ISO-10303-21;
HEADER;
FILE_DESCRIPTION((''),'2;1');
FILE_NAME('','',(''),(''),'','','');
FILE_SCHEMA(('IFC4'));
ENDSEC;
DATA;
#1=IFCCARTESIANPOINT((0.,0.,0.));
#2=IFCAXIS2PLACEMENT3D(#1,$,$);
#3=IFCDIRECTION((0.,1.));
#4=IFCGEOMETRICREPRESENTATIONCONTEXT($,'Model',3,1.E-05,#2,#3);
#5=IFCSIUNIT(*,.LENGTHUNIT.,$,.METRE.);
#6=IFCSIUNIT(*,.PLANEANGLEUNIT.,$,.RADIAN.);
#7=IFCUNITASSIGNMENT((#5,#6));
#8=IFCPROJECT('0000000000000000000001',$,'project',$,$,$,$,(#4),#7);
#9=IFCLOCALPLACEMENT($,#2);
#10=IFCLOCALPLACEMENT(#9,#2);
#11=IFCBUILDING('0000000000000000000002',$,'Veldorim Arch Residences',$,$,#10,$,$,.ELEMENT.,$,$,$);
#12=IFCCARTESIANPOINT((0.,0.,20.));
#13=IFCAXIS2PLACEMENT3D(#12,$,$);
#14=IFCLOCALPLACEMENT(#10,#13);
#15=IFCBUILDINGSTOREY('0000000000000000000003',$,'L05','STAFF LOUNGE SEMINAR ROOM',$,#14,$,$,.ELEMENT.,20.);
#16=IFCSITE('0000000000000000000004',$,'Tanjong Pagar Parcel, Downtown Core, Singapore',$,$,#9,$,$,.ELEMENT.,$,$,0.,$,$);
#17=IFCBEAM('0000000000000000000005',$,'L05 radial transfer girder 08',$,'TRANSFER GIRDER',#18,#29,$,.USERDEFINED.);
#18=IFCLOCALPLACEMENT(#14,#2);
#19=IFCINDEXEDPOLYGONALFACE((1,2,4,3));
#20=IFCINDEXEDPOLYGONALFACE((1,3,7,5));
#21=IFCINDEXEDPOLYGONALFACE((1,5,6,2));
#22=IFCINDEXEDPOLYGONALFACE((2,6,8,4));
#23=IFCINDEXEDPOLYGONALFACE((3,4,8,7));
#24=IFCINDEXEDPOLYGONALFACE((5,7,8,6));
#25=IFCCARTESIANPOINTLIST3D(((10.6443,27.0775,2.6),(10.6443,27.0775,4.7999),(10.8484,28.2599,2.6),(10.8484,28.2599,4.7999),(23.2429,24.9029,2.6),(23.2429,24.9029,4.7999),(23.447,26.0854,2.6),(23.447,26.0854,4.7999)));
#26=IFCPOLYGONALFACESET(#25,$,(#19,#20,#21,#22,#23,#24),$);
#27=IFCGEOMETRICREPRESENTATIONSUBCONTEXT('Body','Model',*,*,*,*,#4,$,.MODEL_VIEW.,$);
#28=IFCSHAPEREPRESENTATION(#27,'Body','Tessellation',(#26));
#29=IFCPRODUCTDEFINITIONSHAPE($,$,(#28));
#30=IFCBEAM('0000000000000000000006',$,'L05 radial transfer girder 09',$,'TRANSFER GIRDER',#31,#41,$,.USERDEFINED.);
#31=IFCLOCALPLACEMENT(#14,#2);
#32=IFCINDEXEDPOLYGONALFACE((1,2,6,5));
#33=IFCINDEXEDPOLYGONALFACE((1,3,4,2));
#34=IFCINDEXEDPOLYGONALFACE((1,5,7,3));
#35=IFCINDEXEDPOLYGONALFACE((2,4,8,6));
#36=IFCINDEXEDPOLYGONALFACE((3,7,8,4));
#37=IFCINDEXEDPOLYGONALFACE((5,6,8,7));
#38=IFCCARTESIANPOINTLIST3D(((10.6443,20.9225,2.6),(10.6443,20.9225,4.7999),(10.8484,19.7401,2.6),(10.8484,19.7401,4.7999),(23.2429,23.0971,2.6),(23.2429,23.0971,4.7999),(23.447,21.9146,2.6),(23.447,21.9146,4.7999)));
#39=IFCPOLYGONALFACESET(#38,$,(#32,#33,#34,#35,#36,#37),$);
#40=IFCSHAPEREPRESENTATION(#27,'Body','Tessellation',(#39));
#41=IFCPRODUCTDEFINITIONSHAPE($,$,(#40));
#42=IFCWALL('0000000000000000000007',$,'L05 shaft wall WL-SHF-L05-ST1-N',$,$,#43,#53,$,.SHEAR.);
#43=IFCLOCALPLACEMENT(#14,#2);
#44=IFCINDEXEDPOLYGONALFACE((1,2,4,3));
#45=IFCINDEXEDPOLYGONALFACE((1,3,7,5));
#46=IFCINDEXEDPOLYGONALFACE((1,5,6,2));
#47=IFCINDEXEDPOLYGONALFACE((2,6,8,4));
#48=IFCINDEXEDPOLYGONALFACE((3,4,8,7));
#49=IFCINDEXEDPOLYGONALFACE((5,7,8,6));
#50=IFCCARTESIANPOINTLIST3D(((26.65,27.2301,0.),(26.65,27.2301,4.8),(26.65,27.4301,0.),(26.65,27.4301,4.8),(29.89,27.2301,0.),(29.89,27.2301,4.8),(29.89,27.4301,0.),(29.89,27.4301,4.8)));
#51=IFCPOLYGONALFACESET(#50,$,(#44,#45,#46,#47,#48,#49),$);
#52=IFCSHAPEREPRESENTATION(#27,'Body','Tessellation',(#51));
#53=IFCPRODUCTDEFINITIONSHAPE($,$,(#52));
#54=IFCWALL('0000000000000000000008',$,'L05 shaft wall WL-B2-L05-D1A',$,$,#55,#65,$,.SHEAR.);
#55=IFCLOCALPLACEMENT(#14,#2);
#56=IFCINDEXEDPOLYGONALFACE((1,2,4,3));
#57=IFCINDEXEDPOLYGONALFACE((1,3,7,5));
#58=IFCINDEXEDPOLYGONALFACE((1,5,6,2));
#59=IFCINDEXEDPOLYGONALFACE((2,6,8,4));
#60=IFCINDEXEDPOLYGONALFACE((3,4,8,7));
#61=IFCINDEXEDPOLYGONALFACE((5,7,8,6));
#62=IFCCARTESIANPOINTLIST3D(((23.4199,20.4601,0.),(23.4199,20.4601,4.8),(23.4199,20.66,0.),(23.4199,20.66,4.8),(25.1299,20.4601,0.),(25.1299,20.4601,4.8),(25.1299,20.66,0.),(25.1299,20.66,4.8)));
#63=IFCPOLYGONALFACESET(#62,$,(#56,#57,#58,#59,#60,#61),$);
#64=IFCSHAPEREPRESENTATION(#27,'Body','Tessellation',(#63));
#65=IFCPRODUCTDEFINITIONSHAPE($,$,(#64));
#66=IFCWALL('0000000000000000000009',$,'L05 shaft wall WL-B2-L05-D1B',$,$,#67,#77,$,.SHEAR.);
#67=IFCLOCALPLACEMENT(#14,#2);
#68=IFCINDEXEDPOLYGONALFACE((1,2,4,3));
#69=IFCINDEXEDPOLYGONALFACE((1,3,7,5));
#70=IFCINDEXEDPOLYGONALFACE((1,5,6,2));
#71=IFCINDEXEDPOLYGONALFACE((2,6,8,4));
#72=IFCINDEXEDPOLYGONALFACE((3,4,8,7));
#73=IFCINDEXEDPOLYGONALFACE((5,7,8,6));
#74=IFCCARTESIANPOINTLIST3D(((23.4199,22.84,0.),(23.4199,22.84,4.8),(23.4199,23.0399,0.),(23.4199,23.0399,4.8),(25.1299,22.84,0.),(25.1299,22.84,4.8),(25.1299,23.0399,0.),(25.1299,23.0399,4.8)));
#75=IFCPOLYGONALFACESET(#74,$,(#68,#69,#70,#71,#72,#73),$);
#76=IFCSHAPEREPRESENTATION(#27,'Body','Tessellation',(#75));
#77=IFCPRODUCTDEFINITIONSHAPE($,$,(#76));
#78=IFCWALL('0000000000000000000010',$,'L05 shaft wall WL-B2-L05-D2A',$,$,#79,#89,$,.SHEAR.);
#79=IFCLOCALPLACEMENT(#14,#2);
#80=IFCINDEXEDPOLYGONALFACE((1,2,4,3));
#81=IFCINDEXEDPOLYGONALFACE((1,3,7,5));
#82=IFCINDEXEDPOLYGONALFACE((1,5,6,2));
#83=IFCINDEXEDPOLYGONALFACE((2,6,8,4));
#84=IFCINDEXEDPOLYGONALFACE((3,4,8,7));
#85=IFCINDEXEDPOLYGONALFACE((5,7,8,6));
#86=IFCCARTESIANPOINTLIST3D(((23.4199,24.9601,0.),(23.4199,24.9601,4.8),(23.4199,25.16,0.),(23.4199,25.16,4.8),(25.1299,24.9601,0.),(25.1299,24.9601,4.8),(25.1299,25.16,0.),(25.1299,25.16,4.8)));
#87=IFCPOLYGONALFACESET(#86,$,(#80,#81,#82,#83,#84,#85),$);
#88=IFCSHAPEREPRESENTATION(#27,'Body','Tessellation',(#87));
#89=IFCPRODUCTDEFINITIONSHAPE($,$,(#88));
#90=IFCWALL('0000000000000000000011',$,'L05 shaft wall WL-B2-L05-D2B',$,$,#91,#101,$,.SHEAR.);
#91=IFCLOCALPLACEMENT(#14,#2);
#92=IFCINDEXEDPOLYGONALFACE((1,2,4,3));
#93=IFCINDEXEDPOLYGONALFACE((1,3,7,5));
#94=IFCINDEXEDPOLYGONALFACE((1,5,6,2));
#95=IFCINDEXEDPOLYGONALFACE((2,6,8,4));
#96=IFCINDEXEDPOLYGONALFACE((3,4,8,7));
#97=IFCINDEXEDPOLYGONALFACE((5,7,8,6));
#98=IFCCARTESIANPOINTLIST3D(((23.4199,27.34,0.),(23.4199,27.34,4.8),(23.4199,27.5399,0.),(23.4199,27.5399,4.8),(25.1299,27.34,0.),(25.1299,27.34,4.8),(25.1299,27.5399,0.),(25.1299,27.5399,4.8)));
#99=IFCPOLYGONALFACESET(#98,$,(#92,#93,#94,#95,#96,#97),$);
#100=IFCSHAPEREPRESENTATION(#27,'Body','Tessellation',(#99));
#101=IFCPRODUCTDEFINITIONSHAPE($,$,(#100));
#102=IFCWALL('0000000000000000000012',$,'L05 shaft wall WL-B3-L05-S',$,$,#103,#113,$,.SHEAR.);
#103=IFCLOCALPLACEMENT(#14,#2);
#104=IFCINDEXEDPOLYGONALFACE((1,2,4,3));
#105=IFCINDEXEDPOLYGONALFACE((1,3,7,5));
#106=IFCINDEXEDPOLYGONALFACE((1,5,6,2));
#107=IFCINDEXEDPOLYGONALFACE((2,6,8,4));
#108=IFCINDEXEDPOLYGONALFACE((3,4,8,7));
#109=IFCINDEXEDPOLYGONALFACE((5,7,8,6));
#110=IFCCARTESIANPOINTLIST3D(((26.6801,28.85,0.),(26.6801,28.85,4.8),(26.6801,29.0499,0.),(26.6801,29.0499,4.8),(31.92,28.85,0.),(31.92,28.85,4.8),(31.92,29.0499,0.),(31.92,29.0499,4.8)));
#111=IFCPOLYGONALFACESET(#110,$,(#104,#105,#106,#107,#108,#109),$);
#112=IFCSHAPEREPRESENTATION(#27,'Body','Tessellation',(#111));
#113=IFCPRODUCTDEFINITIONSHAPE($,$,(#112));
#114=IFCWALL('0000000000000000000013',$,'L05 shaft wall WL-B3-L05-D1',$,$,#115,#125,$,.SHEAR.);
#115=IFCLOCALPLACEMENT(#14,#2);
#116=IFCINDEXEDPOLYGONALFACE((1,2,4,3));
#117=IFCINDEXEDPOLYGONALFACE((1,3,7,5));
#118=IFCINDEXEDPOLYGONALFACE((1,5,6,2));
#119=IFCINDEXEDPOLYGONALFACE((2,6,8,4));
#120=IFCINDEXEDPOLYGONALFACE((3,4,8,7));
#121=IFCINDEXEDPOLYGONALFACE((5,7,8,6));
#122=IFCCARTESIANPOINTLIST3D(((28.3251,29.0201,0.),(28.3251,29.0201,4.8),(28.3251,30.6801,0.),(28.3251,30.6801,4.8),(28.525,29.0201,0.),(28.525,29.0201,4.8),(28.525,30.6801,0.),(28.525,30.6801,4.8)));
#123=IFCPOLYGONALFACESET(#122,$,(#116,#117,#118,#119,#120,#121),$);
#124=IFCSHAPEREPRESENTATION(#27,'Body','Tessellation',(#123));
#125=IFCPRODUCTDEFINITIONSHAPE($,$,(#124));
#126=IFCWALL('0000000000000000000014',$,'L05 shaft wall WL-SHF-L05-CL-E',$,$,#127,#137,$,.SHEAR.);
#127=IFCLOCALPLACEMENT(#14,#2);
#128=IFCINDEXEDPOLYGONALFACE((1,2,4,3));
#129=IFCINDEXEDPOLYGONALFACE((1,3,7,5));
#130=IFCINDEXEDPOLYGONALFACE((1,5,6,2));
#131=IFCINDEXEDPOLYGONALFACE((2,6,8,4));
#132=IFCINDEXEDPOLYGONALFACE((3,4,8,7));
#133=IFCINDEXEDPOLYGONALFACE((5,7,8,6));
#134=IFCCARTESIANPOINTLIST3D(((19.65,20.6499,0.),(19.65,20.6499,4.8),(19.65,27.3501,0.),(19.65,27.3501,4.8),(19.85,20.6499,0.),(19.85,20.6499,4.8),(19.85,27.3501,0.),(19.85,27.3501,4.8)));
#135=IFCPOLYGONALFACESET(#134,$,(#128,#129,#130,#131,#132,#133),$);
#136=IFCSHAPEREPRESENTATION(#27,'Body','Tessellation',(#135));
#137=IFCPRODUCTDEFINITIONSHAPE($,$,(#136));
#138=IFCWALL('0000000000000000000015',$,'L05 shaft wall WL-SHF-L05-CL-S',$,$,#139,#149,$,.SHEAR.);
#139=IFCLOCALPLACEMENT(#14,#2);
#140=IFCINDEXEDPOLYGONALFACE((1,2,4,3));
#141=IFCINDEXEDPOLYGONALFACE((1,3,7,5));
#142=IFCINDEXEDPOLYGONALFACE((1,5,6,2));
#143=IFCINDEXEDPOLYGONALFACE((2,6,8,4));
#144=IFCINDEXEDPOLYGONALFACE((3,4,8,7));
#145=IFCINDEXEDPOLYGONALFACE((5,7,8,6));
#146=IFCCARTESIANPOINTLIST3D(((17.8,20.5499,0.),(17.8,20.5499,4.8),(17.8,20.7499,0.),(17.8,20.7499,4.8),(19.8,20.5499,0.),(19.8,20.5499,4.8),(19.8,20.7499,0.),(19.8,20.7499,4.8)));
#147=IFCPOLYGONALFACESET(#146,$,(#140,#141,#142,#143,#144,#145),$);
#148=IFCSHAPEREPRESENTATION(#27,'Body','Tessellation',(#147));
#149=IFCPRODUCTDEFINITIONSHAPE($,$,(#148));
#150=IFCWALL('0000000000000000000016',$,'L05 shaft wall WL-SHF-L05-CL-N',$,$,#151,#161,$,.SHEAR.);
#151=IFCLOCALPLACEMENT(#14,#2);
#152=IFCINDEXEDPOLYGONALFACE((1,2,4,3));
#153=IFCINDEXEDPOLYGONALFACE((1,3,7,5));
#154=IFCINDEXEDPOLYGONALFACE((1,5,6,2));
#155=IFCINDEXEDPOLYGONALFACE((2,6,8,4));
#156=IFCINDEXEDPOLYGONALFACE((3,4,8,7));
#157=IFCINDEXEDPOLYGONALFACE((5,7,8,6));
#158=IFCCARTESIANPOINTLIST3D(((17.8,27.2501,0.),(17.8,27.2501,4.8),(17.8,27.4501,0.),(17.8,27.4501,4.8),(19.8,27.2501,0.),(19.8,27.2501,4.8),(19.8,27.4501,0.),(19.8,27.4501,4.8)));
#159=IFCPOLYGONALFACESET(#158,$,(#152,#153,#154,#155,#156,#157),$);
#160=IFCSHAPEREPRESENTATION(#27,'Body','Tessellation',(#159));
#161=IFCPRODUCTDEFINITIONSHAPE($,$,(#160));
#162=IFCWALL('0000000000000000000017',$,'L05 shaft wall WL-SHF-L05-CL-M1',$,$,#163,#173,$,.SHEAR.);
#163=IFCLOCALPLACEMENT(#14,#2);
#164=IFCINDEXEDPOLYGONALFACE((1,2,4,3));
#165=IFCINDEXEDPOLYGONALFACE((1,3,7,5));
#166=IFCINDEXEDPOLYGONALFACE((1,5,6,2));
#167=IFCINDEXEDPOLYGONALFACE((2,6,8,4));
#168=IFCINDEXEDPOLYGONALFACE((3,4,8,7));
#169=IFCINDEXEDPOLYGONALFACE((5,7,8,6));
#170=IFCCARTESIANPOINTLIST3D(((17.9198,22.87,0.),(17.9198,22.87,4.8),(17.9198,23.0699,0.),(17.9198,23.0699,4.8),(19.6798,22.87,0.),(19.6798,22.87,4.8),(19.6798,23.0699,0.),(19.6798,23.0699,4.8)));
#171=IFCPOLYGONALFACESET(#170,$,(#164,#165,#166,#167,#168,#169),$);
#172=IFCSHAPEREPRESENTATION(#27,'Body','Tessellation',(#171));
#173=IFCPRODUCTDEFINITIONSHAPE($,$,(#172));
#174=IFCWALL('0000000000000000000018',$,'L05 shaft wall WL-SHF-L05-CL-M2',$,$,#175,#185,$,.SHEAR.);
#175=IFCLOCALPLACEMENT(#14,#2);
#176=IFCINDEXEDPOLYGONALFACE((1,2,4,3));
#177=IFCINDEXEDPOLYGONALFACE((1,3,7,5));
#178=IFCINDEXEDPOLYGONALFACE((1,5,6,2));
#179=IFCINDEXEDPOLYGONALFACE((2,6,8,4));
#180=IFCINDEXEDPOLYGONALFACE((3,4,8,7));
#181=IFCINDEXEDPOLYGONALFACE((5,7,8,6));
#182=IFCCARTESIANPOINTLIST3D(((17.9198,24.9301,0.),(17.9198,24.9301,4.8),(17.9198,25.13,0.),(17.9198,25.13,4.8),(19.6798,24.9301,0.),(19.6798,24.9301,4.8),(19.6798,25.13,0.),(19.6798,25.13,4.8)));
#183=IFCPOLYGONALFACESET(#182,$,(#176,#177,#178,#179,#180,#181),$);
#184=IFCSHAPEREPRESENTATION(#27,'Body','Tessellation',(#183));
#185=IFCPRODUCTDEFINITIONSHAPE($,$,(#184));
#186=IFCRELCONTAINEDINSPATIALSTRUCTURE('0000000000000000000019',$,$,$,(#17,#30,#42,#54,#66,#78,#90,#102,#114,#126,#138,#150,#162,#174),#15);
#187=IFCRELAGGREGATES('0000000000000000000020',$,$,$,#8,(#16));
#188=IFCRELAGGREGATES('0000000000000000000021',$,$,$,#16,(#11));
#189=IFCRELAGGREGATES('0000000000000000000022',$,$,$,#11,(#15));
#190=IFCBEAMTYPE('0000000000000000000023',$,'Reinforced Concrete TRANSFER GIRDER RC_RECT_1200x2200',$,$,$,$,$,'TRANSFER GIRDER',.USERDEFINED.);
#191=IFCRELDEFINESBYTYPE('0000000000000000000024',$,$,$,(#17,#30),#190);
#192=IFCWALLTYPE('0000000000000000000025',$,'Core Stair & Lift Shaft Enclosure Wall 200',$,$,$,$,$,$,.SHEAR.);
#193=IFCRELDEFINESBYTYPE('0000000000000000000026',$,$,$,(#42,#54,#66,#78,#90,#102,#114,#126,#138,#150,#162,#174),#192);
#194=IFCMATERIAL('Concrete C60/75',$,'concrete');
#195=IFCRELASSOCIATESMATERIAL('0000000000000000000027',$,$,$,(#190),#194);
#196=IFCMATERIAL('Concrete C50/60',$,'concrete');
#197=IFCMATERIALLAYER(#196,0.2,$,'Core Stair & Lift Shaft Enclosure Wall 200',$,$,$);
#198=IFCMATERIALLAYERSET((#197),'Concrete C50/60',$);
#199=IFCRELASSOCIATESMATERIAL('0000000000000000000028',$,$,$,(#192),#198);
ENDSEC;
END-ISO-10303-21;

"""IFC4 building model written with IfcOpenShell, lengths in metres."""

from ifc_helpers import new_model, si_unit, direction, frame, frame_2d, origin, origin_2d, place, context, subcontext, project, spatial, rectangle, extrude, material, layer, layer_set, material_profile, profile_set, type_object, element, save


model = new_model("IFC4")

# Units and contexts
model_context = context("Model", 3, precision=1e-05, world=origin(), true_north=direction((0.0, 1.0)))
body_context = subcontext(model_context, "Body", "Model", "MODEL_VIEW")
ifc_project = project(units=[si_unit("LENGTHUNIT", "METRE"), si_unit("PLANEANGLEUNIT", "RADIAN")], contexts=[model_context])

# Site, building, storey
site_placement = place(None, origin())
site = spatial("IfcSite", under=ifc_project, at=site_placement, Name="Tanjong Pagar Parcel, Downtown Core, Singapore", CompositionType="ELEMENT", RefElevation=0.0)
building_placement = place(site_placement, origin())
building = spatial("IfcBuilding", under=site, at=building_placement, Name="Veldorim Arch Residences", CompositionType="ELEMENT")
storey_placement = place(building_placement, frame((0.0, 0.0, 20.0)))
storey = spatial("IfcBuildingStorey", under=building, at=storey_placement, Name="L05", Description="STAFF LOUNGE SEMINAR ROOM", CompositionType="ELEMENT", Elevation=20.0)

# Beams
ifc_material_1 = material(Name="Concrete C60/75", Category="concrete")
ifc_material_profile = material_profile(ifc_material_1, rectangle(XDim=1.2, YDim=2.2, at=origin_2d()), Name="RC_RECT_1200x2200")
ifc_profile_set = profile_set([ifc_material_profile], Name="Concrete C60/75")
beam_type = type_object("IfcBeamType", Name="Reinforced Concrete TRANSFER GIRDER RC_RECT_1200x2200", ElementType="TRANSFER GIRDER", PredefinedType="USERDEFINED", material=ifc_profile_set)
for number, where, z_axis, x_axis, name in (
    (1, (23.345, 25.4941, 3.7), (-0.985429, 0.170088, 0.0), (-0.170088, -0.985429, 0.0), "L05 radial transfer girder 08"),
    (2, (23.345, 22.5059, 3.7), (-0.985429, -0.170088, 0.0), (0.170088, -0.985429, 0.0), "L05 radial transfer girder 09"),
):
    element("IfcBeam", number, at=place(storey_placement, frame(where, z_axis=z_axis, x_axis=x_axis)), inside=storey, type_object=beam_type, Name=name, ObjectType="TRANSFER GIRDER", PredefinedType="USERDEFINED", context=body_context, shape_type="SweptSolid", body=[
        extrude(rectangle(XDim=1.2, YDim=2.2, at=origin_2d()), origin(), (0.0, 0.0, 1.0), 12.7849),
    ])

# Wall
ifc_material_2 = material(Name="Concrete C50/60", Category="concrete")
ifc_layer = layer(ifc_material_2, 0.2, Name="Core Stair & Lift Shaft Enclosure Wall 200")
ifc_layer_set = layer_set([ifc_layer], Name="Concrete C50/60")
wall_type = type_object("IfcWallType", Name="Core Stair & Lift Shaft Enclosure Wall 200", PredefinedType="SHEAR", material=ifc_layer_set)
wall_1_placement = place(storey_placement, frame((26.6499, 27.3301, 0.0), z_axis=(0.0, 0.0, 1.0), x_axis=(1.0, 0.0, 0.0)))
element("IfcWall", 3, at=wall_1_placement, inside=storey, type_object=wall_type, Name="L05 shaft wall WL-SHF-L05-ST1-N", PredefinedType="SHEAR", context=body_context, shape_type="SweptSolid", body=[
    extrude(rectangle(XDim=3.24, YDim=0.2, at=frame_2d((1.6201, 0.0))), origin(), (0.0, 0.0, 1.0), 4.8),
])

# Walls
for number, where, z_axis, x_axis, name in (
    (4, (23.4199, 20.5601, 0.0), (0.0, 0.0, 1.0), (1.0, 0.0, 0.0), "L05 shaft wall WL-B2-L05-D1A"),
    (5, (23.4199, 22.9399, 0.0), (0.0, 0.0, 1.0), (1.0, 0.0, 0.0), "L05 shaft wall WL-B2-L05-D1B"),
    (6, (23.4199, 25.0601, 0.0), (0.0, 0.0, 1.0), (1.0, 0.0, 0.0), "L05 shaft wall WL-B2-L05-D2A"),
    (7, (23.4199, 27.4399, 0.0), (0.0, 0.0, 1.0), (1.0, 0.0, 0.0), "L05 shaft wall WL-B2-L05-D2B"),
):
    element("IfcWall", number, at=place(storey_placement, frame(where, z_axis=z_axis, x_axis=x_axis)), inside=storey, type_object=wall_type, Name=name, PredefinedType="SHEAR", context=body_context, shape_type="SweptSolid", body=[
        extrude(rectangle(XDim=1.71, YDim=0.2, at=frame_2d((0.855, 0.0))), origin(), (0.0, 0.0, 1.0), 4.8),
    ])
wall_2_placement = place(storey_placement, frame((26.6799, 28.95, 0.0), z_axis=(0.0, 0.0, 1.0), x_axis=(1.0, 0.0, 0.0)))
element("IfcWall", 8, at=wall_2_placement, inside=storey, type_object=wall_type, Name="L05 shaft wall WL-B3-L05-S", PredefinedType="SHEAR", context=body_context, shape_type="SweptSolid", body=[
    extrude(rectangle(XDim=5.24, YDim=0.2, at=frame_2d((2.6201, 0.0))), origin(), (0.0, 0.0, 1.0), 4.8),
])
wall_3_placement = place(storey_placement, frame((28.425, 29.02, 0.0), z_axis=(0.0, 0.0, 1.0), x_axis=(0.0, 1.0, 0.0)))
element("IfcWall", 9, at=wall_3_placement, inside=storey, type_object=wall_type, Name="L05 shaft wall WL-B3-L05-D1", PredefinedType="SHEAR", context=body_context, shape_type="SweptSolid", body=[
    extrude(rectangle(XDim=1.6599, YDim=0.2, at=frame_2d((0.8301, 0.0))), origin(), (0.0, 0.0, 1.0), 4.8),
])

# Walls
wall_4_placement = place(storey_placement, frame((19.75, 20.6499, 0.0), z_axis=(0.0, 0.0, 1.0), x_axis=(0.0, 1.0, 0.0)))
element("IfcWall", 10, at=wall_4_placement, inside=storey, type_object=wall_type, Name="L05 shaft wall WL-SHF-L05-CL-E", PredefinedType="SHEAR", context=body_context, shape_type="SweptSolid", body=[
    extrude(rectangle(XDim=6.7002, YDim=0.2, at=frame_2d((3.3501, 0.0))), origin(), (0.0, 0.0, 1.0), 4.8),
])
for number, where, z_axis, x_axis, name in (
    (11, (17.8, 20.6499, 0.0), (0.0, 0.0, 1.0), (1.0, 0.0, 0.0), "L05 shaft wall WL-SHF-L05-CL-S"),
    (12, (17.8, 27.3501, 0.0), (0.0, 0.0, 1.0), (1.0, 0.0, 0.0), "L05 shaft wall WL-SHF-L05-CL-N"),
):
    element("IfcWall", number, at=place(storey_placement, frame(where, z_axis=z_axis, x_axis=x_axis)), inside=storey, type_object=wall_type, Name=name, PredefinedType="SHEAR", context=body_context, shape_type="SweptSolid", body=[
        extrude(rectangle(XDim=2.0, YDim=0.2, at=frame_2d((1.0, 0.0))), origin(), (0.0, 0.0, 1.0), 4.8),
    ])
for number, where, z_axis, x_axis, name in (
    (13, (17.9199, 22.97, 0.0), (0.0, 0.0, 1.0), (1.0, 0.0, 0.0), "L05 shaft wall WL-SHF-L05-CL-M1"),
    (14, (17.9199, 25.03, 0.0), (0.0, 0.0, 1.0), (1.0, 0.0, 0.0), "L05 shaft wall WL-SHF-L05-CL-M2"),
):
    element("IfcWall", number, at=place(storey_placement, frame(where, z_axis=z_axis, x_axis=x_axis)), inside=storey, type_object=wall_type, Name=name, PredefinedType="SHEAR", context=body_context, shape_type="SweptSolid", body=[
        extrude(rectangle(XDim=1.76, YDim=0.2, at=frame_2d((0.8799, 0.0))), origin(), (0.0, 0.0, 1.0), 4.8),
    ])

save(model, "model.ifc")
